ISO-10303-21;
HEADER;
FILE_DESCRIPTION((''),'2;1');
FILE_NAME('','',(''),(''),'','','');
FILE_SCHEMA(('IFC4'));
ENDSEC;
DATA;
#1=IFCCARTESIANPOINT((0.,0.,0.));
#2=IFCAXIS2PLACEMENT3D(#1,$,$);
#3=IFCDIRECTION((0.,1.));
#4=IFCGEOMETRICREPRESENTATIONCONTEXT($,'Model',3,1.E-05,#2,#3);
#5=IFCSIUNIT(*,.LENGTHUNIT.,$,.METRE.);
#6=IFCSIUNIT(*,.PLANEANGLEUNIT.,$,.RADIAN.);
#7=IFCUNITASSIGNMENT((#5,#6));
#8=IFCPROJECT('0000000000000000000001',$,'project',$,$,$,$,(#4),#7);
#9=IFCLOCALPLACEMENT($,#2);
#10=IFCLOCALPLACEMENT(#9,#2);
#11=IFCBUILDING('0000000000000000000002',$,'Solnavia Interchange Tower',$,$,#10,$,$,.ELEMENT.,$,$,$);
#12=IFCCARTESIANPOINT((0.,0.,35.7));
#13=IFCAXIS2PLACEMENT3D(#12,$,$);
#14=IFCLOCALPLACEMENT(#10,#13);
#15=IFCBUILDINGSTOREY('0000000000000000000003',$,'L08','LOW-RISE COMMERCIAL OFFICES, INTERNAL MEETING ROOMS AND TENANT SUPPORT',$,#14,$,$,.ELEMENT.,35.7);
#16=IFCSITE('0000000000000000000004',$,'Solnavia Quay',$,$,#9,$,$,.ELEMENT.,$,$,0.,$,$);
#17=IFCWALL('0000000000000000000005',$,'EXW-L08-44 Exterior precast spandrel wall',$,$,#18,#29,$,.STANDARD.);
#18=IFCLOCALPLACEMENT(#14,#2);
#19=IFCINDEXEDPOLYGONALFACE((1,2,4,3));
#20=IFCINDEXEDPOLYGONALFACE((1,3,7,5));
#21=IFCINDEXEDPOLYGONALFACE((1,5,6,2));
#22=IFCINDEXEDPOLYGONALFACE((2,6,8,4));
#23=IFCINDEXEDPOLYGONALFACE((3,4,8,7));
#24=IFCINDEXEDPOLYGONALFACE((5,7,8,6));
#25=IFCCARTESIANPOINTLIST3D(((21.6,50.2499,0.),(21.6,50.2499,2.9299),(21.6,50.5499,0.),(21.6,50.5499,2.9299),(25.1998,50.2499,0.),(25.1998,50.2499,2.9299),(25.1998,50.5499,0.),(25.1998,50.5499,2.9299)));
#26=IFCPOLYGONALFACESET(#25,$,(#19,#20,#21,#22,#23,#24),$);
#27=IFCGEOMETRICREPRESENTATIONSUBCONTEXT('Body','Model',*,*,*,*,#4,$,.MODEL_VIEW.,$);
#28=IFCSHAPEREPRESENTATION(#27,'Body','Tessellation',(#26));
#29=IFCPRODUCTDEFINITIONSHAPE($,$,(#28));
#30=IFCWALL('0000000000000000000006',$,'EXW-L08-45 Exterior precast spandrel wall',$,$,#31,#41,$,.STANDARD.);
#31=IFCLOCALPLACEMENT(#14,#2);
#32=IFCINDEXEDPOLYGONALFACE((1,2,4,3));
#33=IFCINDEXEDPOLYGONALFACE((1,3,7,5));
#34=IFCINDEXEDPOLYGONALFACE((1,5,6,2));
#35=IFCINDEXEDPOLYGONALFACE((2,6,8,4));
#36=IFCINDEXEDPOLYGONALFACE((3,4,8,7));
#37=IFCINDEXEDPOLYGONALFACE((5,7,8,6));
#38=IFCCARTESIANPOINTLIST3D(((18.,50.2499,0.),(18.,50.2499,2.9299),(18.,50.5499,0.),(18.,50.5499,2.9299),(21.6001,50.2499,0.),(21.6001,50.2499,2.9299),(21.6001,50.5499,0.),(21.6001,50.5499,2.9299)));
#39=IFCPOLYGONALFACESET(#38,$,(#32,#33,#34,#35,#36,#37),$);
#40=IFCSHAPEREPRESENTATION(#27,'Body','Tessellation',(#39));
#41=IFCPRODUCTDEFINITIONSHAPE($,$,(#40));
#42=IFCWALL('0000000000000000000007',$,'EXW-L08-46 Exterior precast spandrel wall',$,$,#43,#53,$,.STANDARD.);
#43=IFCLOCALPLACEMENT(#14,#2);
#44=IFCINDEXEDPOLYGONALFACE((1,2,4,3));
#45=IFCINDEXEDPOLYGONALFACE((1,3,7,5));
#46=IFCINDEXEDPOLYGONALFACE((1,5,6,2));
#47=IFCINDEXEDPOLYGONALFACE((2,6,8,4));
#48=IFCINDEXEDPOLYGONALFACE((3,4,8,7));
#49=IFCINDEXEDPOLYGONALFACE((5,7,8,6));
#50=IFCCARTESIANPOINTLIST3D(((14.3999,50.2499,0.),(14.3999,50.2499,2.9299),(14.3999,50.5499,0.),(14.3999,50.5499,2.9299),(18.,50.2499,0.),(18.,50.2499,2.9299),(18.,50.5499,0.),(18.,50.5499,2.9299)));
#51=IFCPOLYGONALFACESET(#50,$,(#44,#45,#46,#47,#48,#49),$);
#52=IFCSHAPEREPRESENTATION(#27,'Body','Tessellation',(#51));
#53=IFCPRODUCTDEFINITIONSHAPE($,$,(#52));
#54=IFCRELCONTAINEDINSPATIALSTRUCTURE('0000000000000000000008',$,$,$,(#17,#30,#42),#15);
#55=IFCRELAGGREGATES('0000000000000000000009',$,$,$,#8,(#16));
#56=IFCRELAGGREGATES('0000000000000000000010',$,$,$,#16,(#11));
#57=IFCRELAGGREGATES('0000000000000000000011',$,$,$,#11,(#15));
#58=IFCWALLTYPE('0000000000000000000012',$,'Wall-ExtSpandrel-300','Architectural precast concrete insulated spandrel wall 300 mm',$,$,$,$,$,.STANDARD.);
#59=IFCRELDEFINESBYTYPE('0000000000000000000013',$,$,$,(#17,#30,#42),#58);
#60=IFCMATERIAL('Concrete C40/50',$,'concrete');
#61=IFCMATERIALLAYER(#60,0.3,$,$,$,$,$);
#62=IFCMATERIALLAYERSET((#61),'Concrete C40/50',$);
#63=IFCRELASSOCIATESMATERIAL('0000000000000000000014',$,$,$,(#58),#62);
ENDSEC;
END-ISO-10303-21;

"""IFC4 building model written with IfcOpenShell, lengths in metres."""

from ifc_helpers import new_model, si_unit, direction, frame, frame_2d, origin, place, context, subcontext, project, spatial, rectangle, extrude, material, layer, layer_set, type_object, element, save


model = new_model("IFC4")

# Units and contexts
model_context = context("Model", 3, precision=1e-05, world=origin(), true_north=direction((0.0, 1.0)))
body_context = subcontext(model_context, "Body", "Model", "MODEL_VIEW")
ifc_project = project(units=[si_unit("LENGTHUNIT", "METRE"), si_unit("PLANEANGLEUNIT", "RADIAN")], contexts=[model_context])

# Site, building, storey
site_placement = place(None, origin())
site = spatial("IfcSite", under=ifc_project, at=site_placement, Name="Solnavia Quay", CompositionType="ELEMENT", RefElevation=0.0)
building_placement = place(site_placement, origin())
building = spatial("IfcBuilding", under=site, at=building_placement, Name="Solnavia Interchange Tower", CompositionType="ELEMENT")
storey_placement = place(building_placement, frame((0.0, 0.0, 35.7)))
storey = spatial("IfcBuildingStorey", under=building, at=storey_placement, Name="L08", Description="LOW-RISE COMMERCIAL OFFICES, INTERNAL MEETING ROOMS AND TENANT SUPPORT", CompositionType="ELEMENT", Elevation=35.7)

# Walls
ifc_material_1 = material(Name="Concrete C40/50", Category="concrete")
ifc_layer_1 = layer(ifc_material_1, 0.3)
ifc_layer_set_1 = layer_set([ifc_layer_1], Name="Concrete C40/50")
wall_type_1 = type_object("IfcWallType", Name="Wall-ExtSpandrel-300", Description="Architectural precast concrete insulated spandrel wall 300 mm", PredefinedType="STANDARD", material=ifc_layer_set_1)
wall_1_placement = place(storey_placement, frame((21.6001, 50.3999, 0.0), z_axis=(0.0, 0.0, 1.0), x_axis=(1.0, 0.0, 0.0)))
element("IfcWall", 1, at=wall_1_placement, inside=storey, type_object=wall_type_1, Name="EXW-L08-44 Exterior precast spandrel wall", PredefinedType="STANDARD", context=body_context, shape_type="SweptSolid", body=[
    extrude(rectangle(XDim=3.5999, YDim=0.3, at=frame_2d((1.7998, 0.0))), origin(), (0.0, 0.0, 1.0), 2.9299),
])
for number, where, z_axis, x_axis, name in (
    (2, (18.0, 50.3999, 0.0), (0.0, 0.0, 1.0), (1.0, 0.0, 0.0), "EXW-L08-45 Exterior precast spandrel wall"),
    (3, (14.3999, 50.3999, 0.0), (0.0, 0.0, 1.0), (1.0, 0.0, 0.0), "EXW-L08-46 Exterior precast spandrel wall"),
):
    element("IfcWall", number, at=place(storey_placement, frame(where, z_axis=z_axis, x_axis=x_axis)), inside=storey, type_object=wall_type_1, Name=name, PredefinedType="STANDARD", context=body_context, shape_type="SweptSolid", body=[
        extrude(rectangle(XDim=3.6001, YDim=0.3, at=frame_2d((1.8, 0.0))), origin(), (0.0, 0.0, 1.0), 2.9299),
    ])

save(model, "model.ifc")
